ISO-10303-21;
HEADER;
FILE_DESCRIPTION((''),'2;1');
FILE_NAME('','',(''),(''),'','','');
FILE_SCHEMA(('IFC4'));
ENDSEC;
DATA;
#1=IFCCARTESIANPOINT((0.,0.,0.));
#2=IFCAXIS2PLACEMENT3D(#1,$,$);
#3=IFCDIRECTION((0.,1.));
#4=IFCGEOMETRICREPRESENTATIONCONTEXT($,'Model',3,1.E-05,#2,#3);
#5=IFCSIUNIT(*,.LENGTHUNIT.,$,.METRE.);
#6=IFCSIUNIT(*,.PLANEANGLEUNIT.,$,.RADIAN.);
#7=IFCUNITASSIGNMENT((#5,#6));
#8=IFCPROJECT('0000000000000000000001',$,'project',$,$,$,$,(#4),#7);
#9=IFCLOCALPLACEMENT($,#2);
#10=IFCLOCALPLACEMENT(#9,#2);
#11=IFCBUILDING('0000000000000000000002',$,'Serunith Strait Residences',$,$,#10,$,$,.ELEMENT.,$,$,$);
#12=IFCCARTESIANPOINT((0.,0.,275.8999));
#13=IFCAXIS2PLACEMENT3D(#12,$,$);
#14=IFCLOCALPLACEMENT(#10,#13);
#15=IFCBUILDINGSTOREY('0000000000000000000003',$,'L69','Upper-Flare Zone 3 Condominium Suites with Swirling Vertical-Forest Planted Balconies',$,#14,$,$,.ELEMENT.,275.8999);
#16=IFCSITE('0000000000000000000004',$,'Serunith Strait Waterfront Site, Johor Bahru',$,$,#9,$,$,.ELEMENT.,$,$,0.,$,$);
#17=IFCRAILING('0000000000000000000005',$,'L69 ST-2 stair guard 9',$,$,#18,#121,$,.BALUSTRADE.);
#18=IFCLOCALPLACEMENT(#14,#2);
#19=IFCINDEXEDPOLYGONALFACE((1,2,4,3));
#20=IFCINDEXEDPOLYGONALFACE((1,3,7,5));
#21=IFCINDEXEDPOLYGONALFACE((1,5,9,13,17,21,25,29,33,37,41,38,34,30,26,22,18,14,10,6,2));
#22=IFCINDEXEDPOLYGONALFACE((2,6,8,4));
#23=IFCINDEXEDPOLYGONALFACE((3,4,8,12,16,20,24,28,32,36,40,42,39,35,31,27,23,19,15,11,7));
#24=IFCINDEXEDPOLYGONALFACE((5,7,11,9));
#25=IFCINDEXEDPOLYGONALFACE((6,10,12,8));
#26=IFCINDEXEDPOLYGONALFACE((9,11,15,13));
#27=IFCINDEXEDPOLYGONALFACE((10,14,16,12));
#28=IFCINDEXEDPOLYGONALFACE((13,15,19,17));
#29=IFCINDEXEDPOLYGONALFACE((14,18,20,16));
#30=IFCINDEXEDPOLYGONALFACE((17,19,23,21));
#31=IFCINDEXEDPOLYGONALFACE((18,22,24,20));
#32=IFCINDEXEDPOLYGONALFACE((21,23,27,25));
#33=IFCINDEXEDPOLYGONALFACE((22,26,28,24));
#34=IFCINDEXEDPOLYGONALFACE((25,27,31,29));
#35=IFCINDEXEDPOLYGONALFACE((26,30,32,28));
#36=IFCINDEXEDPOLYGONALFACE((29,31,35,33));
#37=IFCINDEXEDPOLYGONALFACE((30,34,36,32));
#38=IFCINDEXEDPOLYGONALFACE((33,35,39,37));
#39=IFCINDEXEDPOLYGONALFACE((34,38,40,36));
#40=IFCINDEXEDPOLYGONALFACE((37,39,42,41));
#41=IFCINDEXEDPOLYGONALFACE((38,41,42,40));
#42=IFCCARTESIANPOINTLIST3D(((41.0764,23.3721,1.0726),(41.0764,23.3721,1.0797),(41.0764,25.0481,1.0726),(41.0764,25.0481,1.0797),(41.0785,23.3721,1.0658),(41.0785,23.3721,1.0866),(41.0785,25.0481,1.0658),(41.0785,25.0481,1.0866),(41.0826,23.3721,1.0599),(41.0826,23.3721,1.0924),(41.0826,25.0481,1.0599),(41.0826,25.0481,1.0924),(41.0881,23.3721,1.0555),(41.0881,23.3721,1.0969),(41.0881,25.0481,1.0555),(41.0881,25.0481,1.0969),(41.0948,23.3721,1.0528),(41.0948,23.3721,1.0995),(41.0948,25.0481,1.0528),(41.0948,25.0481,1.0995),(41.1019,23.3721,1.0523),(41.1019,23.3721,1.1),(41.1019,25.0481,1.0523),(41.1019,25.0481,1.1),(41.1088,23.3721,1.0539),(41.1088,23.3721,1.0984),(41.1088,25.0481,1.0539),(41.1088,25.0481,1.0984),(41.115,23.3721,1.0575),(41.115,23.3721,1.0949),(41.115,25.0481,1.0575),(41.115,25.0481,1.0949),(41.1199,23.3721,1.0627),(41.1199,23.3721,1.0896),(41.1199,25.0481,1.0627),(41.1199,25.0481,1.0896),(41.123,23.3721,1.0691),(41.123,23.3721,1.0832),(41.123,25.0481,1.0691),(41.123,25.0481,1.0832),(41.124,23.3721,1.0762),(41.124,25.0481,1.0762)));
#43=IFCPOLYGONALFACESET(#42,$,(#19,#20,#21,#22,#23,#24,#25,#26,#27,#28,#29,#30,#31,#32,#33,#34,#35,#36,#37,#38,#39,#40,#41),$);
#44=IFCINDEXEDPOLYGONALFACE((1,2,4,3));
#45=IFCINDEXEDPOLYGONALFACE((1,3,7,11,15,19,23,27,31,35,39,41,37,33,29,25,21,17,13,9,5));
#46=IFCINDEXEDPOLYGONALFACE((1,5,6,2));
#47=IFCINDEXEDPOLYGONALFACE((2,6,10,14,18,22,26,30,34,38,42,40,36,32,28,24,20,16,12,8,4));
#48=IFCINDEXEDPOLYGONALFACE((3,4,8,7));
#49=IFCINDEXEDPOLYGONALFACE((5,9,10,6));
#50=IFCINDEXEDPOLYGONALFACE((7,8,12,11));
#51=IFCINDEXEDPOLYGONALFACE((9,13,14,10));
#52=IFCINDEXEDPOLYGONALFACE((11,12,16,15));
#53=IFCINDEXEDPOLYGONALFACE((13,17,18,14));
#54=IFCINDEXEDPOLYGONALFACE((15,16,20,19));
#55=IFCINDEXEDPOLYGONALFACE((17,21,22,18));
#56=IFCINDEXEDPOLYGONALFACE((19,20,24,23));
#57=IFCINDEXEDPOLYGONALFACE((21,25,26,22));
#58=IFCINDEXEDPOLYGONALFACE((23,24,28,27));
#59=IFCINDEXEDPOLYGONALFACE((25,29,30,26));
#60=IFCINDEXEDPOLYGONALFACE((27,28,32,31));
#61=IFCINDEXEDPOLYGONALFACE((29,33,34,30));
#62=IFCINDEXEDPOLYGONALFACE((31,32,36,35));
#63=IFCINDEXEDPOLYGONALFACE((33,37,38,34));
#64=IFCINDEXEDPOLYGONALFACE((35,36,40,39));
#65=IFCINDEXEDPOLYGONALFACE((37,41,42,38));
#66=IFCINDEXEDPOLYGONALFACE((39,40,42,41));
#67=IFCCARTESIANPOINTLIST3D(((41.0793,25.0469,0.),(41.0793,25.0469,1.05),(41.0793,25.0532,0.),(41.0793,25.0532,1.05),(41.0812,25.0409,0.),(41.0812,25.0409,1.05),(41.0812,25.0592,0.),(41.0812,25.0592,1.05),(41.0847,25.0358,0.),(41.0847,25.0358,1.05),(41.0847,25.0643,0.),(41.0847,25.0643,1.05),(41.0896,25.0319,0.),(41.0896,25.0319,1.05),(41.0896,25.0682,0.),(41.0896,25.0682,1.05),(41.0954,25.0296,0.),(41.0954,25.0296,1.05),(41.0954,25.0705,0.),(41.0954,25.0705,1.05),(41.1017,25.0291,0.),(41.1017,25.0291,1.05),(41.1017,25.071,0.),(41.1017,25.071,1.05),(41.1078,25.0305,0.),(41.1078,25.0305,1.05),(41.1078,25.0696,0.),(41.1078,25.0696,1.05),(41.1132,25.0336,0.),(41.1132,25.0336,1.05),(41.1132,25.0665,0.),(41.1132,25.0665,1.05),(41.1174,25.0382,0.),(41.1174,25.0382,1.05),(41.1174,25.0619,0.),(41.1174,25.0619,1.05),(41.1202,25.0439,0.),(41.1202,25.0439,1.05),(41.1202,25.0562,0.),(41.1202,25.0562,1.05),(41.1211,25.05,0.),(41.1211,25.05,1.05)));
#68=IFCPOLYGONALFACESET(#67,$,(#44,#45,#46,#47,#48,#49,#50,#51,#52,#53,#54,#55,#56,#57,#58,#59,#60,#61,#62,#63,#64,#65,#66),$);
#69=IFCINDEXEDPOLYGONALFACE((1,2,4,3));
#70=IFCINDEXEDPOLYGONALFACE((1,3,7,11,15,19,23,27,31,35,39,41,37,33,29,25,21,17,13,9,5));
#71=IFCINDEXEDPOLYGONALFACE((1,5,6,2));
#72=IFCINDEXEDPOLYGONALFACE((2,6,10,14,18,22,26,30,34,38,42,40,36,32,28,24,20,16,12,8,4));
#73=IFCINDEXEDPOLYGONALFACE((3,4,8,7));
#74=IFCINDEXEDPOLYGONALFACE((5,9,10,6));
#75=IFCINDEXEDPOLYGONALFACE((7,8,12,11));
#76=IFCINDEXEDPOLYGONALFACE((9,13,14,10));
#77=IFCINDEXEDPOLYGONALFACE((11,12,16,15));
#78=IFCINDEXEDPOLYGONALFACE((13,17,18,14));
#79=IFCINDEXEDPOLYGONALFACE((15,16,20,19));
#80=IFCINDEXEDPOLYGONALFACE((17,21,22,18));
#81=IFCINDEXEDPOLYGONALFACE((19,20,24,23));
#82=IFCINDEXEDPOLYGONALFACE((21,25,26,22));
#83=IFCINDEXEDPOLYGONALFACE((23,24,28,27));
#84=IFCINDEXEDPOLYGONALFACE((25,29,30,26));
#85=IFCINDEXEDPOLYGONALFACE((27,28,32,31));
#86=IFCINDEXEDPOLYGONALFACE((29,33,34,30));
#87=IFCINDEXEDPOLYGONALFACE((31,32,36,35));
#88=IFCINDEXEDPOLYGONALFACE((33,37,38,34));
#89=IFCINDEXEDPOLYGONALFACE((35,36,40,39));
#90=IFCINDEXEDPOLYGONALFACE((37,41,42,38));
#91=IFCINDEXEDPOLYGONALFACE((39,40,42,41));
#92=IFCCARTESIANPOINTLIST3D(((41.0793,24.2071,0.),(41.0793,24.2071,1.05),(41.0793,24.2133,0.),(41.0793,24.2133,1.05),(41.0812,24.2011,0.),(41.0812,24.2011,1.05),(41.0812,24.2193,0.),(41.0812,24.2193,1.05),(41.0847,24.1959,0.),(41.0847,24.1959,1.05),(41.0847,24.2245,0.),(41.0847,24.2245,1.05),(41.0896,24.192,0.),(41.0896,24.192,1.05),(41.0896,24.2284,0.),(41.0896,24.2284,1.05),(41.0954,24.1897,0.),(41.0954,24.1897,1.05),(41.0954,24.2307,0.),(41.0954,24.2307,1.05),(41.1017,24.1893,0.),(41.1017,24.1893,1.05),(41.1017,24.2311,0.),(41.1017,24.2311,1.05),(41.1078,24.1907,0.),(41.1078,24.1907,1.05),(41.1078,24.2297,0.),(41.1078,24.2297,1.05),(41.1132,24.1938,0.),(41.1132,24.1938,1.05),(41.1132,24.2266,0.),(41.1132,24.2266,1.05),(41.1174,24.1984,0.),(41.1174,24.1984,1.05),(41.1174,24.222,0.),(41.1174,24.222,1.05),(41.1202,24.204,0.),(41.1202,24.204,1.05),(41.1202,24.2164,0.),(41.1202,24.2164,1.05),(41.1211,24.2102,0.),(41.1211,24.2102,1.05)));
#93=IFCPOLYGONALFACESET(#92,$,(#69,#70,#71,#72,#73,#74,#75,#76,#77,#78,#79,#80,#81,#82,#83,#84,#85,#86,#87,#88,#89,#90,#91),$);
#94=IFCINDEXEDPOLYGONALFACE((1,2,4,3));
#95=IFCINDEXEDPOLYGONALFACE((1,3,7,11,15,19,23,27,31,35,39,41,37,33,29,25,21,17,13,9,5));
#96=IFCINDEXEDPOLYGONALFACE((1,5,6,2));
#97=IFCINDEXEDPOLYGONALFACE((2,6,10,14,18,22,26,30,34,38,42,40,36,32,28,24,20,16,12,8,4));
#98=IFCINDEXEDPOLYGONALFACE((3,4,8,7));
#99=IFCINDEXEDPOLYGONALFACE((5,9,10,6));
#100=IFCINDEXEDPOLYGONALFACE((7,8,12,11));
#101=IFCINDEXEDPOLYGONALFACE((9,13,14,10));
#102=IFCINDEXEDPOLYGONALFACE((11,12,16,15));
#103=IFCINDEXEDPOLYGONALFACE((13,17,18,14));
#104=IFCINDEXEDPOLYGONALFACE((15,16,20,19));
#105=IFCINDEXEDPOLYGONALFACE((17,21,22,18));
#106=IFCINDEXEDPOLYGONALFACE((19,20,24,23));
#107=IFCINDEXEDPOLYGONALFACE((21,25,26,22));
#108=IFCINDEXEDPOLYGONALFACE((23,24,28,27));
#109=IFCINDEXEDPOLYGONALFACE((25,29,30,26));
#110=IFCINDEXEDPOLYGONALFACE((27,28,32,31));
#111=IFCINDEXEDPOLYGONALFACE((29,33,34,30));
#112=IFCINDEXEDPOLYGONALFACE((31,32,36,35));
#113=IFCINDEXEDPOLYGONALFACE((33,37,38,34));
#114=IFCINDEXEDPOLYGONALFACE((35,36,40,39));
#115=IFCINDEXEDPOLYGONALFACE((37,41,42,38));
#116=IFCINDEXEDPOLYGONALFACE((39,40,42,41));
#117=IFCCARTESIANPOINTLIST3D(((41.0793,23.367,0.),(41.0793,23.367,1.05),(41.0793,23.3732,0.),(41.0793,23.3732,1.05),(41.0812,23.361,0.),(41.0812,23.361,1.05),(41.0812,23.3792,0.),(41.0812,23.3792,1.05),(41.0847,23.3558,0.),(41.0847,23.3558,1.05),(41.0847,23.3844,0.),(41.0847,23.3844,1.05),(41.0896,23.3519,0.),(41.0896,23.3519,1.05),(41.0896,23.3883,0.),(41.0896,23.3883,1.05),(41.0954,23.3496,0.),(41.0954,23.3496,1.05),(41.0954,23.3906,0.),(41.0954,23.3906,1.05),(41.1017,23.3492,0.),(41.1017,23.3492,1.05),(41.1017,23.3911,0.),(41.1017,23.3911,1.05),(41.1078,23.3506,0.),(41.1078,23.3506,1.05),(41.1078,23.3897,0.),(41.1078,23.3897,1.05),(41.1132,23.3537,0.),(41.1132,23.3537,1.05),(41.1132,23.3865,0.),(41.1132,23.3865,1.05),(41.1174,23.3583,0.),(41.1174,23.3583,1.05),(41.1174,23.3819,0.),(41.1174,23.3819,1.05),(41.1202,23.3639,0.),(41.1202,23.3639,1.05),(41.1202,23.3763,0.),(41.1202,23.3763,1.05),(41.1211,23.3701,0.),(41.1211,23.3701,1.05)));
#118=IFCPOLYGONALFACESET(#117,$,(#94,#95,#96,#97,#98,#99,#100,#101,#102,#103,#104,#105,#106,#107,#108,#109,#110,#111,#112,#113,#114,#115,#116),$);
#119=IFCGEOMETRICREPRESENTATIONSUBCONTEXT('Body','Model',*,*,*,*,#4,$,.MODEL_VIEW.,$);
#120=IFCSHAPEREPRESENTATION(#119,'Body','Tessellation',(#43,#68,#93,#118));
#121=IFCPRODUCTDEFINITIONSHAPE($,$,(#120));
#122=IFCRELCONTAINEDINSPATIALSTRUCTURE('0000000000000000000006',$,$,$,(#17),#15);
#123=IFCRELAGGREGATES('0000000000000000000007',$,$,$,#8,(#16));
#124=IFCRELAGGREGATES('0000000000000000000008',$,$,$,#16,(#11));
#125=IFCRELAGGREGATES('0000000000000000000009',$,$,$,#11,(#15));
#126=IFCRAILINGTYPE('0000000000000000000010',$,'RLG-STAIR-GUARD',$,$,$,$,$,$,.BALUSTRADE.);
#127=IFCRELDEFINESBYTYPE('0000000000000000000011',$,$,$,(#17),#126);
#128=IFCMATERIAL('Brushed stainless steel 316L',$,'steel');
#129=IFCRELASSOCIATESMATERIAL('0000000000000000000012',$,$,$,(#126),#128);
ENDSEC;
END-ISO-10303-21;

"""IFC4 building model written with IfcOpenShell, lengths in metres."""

from ifc_helpers import new_model, si_unit, direction, frame, origin, origin_2d, place, context, subcontext, project, spatial, circle, extrude, material, type_object, element, save


model = new_model("IFC4")

# Units and contexts
model_context = context("Model", 3, precision=1e-05, world=origin(), true_north=direction((0.0, 1.0)))
body_context = subcontext(model_context, "Body", "Model", "MODEL_VIEW")
ifc_project = project(units=[si_unit("LENGTHUNIT", "METRE"), si_unit("PLANEANGLEUNIT", "RADIAN")], contexts=[model_context])

# Site, building, storey
site_placement = place(None, origin())
site = spatial("IfcSite", under=ifc_project, at=site_placement, Name="Serunith Strait Waterfront Site, Johor Bahru", CompositionType="ELEMENT", RefElevation=0.0)
building_placement = place(site_placement, origin())
building = spatial("IfcBuilding", under=site, at=building_placement, Name="Serunith Strait Residences", CompositionType="ELEMENT")
storey_placement = place(building_placement, frame((0.0, 0.0, 275.8999)))
storey = spatial("IfcBuildingStorey", under=building, at=storey_placement, Name="L69", Description="Upper-Flare Zone 3 Condominium Suites with Swirling Vertical-Forest Planted Balconies", CompositionType="ELEMENT", Elevation=275.8999)

# Railing
ifc_material_1 = material(Name="Brushed stainless steel 316L", Category="steel")
railing_type_1 = type_object("IfcRailingType", Name="RLG-STAIR-GUARD", PredefinedType="BALUSTRADE", material=ifc_material_1)
for number, where, name in (
    (1, (41.1001, 25.05, 0.0), "L69 ST-2 stair guard 9"),
):
    element("IfcRailing", number, at=place(storey_placement, frame(where)), inside=storey, type_object=railing_type_1, Name=name, PredefinedType="BALUSTRADE", context=body_context, shape_type="SweptSolid", body=[
        extrude(circle(Radius=0.0239, at=origin_2d()), frame((0.0, -0.002, 1.0762), z_axis=(0.0, -1.0, 0.0), x_axis=(1.0, 0.0, 0.0)), (0.0, 0.0, 1.0), 1.676),
        extrude(circle(Radius=0.021, at=origin_2d()), origin(), (0.0, 0.0, 1.0), 1.05),
        extrude(circle(Radius=0.021, at=origin_2d()), frame((0.0, -0.8398, 0.0)), (0.0, 0.0, 1.0), 1.05),
        extrude(circle(Radius=0.021, at=origin_2d()), frame((0.0, -1.6799, 0.0)), (0.0, 0.0, 1.0), 1.05),
    ])

save(model, "model.ifc")
